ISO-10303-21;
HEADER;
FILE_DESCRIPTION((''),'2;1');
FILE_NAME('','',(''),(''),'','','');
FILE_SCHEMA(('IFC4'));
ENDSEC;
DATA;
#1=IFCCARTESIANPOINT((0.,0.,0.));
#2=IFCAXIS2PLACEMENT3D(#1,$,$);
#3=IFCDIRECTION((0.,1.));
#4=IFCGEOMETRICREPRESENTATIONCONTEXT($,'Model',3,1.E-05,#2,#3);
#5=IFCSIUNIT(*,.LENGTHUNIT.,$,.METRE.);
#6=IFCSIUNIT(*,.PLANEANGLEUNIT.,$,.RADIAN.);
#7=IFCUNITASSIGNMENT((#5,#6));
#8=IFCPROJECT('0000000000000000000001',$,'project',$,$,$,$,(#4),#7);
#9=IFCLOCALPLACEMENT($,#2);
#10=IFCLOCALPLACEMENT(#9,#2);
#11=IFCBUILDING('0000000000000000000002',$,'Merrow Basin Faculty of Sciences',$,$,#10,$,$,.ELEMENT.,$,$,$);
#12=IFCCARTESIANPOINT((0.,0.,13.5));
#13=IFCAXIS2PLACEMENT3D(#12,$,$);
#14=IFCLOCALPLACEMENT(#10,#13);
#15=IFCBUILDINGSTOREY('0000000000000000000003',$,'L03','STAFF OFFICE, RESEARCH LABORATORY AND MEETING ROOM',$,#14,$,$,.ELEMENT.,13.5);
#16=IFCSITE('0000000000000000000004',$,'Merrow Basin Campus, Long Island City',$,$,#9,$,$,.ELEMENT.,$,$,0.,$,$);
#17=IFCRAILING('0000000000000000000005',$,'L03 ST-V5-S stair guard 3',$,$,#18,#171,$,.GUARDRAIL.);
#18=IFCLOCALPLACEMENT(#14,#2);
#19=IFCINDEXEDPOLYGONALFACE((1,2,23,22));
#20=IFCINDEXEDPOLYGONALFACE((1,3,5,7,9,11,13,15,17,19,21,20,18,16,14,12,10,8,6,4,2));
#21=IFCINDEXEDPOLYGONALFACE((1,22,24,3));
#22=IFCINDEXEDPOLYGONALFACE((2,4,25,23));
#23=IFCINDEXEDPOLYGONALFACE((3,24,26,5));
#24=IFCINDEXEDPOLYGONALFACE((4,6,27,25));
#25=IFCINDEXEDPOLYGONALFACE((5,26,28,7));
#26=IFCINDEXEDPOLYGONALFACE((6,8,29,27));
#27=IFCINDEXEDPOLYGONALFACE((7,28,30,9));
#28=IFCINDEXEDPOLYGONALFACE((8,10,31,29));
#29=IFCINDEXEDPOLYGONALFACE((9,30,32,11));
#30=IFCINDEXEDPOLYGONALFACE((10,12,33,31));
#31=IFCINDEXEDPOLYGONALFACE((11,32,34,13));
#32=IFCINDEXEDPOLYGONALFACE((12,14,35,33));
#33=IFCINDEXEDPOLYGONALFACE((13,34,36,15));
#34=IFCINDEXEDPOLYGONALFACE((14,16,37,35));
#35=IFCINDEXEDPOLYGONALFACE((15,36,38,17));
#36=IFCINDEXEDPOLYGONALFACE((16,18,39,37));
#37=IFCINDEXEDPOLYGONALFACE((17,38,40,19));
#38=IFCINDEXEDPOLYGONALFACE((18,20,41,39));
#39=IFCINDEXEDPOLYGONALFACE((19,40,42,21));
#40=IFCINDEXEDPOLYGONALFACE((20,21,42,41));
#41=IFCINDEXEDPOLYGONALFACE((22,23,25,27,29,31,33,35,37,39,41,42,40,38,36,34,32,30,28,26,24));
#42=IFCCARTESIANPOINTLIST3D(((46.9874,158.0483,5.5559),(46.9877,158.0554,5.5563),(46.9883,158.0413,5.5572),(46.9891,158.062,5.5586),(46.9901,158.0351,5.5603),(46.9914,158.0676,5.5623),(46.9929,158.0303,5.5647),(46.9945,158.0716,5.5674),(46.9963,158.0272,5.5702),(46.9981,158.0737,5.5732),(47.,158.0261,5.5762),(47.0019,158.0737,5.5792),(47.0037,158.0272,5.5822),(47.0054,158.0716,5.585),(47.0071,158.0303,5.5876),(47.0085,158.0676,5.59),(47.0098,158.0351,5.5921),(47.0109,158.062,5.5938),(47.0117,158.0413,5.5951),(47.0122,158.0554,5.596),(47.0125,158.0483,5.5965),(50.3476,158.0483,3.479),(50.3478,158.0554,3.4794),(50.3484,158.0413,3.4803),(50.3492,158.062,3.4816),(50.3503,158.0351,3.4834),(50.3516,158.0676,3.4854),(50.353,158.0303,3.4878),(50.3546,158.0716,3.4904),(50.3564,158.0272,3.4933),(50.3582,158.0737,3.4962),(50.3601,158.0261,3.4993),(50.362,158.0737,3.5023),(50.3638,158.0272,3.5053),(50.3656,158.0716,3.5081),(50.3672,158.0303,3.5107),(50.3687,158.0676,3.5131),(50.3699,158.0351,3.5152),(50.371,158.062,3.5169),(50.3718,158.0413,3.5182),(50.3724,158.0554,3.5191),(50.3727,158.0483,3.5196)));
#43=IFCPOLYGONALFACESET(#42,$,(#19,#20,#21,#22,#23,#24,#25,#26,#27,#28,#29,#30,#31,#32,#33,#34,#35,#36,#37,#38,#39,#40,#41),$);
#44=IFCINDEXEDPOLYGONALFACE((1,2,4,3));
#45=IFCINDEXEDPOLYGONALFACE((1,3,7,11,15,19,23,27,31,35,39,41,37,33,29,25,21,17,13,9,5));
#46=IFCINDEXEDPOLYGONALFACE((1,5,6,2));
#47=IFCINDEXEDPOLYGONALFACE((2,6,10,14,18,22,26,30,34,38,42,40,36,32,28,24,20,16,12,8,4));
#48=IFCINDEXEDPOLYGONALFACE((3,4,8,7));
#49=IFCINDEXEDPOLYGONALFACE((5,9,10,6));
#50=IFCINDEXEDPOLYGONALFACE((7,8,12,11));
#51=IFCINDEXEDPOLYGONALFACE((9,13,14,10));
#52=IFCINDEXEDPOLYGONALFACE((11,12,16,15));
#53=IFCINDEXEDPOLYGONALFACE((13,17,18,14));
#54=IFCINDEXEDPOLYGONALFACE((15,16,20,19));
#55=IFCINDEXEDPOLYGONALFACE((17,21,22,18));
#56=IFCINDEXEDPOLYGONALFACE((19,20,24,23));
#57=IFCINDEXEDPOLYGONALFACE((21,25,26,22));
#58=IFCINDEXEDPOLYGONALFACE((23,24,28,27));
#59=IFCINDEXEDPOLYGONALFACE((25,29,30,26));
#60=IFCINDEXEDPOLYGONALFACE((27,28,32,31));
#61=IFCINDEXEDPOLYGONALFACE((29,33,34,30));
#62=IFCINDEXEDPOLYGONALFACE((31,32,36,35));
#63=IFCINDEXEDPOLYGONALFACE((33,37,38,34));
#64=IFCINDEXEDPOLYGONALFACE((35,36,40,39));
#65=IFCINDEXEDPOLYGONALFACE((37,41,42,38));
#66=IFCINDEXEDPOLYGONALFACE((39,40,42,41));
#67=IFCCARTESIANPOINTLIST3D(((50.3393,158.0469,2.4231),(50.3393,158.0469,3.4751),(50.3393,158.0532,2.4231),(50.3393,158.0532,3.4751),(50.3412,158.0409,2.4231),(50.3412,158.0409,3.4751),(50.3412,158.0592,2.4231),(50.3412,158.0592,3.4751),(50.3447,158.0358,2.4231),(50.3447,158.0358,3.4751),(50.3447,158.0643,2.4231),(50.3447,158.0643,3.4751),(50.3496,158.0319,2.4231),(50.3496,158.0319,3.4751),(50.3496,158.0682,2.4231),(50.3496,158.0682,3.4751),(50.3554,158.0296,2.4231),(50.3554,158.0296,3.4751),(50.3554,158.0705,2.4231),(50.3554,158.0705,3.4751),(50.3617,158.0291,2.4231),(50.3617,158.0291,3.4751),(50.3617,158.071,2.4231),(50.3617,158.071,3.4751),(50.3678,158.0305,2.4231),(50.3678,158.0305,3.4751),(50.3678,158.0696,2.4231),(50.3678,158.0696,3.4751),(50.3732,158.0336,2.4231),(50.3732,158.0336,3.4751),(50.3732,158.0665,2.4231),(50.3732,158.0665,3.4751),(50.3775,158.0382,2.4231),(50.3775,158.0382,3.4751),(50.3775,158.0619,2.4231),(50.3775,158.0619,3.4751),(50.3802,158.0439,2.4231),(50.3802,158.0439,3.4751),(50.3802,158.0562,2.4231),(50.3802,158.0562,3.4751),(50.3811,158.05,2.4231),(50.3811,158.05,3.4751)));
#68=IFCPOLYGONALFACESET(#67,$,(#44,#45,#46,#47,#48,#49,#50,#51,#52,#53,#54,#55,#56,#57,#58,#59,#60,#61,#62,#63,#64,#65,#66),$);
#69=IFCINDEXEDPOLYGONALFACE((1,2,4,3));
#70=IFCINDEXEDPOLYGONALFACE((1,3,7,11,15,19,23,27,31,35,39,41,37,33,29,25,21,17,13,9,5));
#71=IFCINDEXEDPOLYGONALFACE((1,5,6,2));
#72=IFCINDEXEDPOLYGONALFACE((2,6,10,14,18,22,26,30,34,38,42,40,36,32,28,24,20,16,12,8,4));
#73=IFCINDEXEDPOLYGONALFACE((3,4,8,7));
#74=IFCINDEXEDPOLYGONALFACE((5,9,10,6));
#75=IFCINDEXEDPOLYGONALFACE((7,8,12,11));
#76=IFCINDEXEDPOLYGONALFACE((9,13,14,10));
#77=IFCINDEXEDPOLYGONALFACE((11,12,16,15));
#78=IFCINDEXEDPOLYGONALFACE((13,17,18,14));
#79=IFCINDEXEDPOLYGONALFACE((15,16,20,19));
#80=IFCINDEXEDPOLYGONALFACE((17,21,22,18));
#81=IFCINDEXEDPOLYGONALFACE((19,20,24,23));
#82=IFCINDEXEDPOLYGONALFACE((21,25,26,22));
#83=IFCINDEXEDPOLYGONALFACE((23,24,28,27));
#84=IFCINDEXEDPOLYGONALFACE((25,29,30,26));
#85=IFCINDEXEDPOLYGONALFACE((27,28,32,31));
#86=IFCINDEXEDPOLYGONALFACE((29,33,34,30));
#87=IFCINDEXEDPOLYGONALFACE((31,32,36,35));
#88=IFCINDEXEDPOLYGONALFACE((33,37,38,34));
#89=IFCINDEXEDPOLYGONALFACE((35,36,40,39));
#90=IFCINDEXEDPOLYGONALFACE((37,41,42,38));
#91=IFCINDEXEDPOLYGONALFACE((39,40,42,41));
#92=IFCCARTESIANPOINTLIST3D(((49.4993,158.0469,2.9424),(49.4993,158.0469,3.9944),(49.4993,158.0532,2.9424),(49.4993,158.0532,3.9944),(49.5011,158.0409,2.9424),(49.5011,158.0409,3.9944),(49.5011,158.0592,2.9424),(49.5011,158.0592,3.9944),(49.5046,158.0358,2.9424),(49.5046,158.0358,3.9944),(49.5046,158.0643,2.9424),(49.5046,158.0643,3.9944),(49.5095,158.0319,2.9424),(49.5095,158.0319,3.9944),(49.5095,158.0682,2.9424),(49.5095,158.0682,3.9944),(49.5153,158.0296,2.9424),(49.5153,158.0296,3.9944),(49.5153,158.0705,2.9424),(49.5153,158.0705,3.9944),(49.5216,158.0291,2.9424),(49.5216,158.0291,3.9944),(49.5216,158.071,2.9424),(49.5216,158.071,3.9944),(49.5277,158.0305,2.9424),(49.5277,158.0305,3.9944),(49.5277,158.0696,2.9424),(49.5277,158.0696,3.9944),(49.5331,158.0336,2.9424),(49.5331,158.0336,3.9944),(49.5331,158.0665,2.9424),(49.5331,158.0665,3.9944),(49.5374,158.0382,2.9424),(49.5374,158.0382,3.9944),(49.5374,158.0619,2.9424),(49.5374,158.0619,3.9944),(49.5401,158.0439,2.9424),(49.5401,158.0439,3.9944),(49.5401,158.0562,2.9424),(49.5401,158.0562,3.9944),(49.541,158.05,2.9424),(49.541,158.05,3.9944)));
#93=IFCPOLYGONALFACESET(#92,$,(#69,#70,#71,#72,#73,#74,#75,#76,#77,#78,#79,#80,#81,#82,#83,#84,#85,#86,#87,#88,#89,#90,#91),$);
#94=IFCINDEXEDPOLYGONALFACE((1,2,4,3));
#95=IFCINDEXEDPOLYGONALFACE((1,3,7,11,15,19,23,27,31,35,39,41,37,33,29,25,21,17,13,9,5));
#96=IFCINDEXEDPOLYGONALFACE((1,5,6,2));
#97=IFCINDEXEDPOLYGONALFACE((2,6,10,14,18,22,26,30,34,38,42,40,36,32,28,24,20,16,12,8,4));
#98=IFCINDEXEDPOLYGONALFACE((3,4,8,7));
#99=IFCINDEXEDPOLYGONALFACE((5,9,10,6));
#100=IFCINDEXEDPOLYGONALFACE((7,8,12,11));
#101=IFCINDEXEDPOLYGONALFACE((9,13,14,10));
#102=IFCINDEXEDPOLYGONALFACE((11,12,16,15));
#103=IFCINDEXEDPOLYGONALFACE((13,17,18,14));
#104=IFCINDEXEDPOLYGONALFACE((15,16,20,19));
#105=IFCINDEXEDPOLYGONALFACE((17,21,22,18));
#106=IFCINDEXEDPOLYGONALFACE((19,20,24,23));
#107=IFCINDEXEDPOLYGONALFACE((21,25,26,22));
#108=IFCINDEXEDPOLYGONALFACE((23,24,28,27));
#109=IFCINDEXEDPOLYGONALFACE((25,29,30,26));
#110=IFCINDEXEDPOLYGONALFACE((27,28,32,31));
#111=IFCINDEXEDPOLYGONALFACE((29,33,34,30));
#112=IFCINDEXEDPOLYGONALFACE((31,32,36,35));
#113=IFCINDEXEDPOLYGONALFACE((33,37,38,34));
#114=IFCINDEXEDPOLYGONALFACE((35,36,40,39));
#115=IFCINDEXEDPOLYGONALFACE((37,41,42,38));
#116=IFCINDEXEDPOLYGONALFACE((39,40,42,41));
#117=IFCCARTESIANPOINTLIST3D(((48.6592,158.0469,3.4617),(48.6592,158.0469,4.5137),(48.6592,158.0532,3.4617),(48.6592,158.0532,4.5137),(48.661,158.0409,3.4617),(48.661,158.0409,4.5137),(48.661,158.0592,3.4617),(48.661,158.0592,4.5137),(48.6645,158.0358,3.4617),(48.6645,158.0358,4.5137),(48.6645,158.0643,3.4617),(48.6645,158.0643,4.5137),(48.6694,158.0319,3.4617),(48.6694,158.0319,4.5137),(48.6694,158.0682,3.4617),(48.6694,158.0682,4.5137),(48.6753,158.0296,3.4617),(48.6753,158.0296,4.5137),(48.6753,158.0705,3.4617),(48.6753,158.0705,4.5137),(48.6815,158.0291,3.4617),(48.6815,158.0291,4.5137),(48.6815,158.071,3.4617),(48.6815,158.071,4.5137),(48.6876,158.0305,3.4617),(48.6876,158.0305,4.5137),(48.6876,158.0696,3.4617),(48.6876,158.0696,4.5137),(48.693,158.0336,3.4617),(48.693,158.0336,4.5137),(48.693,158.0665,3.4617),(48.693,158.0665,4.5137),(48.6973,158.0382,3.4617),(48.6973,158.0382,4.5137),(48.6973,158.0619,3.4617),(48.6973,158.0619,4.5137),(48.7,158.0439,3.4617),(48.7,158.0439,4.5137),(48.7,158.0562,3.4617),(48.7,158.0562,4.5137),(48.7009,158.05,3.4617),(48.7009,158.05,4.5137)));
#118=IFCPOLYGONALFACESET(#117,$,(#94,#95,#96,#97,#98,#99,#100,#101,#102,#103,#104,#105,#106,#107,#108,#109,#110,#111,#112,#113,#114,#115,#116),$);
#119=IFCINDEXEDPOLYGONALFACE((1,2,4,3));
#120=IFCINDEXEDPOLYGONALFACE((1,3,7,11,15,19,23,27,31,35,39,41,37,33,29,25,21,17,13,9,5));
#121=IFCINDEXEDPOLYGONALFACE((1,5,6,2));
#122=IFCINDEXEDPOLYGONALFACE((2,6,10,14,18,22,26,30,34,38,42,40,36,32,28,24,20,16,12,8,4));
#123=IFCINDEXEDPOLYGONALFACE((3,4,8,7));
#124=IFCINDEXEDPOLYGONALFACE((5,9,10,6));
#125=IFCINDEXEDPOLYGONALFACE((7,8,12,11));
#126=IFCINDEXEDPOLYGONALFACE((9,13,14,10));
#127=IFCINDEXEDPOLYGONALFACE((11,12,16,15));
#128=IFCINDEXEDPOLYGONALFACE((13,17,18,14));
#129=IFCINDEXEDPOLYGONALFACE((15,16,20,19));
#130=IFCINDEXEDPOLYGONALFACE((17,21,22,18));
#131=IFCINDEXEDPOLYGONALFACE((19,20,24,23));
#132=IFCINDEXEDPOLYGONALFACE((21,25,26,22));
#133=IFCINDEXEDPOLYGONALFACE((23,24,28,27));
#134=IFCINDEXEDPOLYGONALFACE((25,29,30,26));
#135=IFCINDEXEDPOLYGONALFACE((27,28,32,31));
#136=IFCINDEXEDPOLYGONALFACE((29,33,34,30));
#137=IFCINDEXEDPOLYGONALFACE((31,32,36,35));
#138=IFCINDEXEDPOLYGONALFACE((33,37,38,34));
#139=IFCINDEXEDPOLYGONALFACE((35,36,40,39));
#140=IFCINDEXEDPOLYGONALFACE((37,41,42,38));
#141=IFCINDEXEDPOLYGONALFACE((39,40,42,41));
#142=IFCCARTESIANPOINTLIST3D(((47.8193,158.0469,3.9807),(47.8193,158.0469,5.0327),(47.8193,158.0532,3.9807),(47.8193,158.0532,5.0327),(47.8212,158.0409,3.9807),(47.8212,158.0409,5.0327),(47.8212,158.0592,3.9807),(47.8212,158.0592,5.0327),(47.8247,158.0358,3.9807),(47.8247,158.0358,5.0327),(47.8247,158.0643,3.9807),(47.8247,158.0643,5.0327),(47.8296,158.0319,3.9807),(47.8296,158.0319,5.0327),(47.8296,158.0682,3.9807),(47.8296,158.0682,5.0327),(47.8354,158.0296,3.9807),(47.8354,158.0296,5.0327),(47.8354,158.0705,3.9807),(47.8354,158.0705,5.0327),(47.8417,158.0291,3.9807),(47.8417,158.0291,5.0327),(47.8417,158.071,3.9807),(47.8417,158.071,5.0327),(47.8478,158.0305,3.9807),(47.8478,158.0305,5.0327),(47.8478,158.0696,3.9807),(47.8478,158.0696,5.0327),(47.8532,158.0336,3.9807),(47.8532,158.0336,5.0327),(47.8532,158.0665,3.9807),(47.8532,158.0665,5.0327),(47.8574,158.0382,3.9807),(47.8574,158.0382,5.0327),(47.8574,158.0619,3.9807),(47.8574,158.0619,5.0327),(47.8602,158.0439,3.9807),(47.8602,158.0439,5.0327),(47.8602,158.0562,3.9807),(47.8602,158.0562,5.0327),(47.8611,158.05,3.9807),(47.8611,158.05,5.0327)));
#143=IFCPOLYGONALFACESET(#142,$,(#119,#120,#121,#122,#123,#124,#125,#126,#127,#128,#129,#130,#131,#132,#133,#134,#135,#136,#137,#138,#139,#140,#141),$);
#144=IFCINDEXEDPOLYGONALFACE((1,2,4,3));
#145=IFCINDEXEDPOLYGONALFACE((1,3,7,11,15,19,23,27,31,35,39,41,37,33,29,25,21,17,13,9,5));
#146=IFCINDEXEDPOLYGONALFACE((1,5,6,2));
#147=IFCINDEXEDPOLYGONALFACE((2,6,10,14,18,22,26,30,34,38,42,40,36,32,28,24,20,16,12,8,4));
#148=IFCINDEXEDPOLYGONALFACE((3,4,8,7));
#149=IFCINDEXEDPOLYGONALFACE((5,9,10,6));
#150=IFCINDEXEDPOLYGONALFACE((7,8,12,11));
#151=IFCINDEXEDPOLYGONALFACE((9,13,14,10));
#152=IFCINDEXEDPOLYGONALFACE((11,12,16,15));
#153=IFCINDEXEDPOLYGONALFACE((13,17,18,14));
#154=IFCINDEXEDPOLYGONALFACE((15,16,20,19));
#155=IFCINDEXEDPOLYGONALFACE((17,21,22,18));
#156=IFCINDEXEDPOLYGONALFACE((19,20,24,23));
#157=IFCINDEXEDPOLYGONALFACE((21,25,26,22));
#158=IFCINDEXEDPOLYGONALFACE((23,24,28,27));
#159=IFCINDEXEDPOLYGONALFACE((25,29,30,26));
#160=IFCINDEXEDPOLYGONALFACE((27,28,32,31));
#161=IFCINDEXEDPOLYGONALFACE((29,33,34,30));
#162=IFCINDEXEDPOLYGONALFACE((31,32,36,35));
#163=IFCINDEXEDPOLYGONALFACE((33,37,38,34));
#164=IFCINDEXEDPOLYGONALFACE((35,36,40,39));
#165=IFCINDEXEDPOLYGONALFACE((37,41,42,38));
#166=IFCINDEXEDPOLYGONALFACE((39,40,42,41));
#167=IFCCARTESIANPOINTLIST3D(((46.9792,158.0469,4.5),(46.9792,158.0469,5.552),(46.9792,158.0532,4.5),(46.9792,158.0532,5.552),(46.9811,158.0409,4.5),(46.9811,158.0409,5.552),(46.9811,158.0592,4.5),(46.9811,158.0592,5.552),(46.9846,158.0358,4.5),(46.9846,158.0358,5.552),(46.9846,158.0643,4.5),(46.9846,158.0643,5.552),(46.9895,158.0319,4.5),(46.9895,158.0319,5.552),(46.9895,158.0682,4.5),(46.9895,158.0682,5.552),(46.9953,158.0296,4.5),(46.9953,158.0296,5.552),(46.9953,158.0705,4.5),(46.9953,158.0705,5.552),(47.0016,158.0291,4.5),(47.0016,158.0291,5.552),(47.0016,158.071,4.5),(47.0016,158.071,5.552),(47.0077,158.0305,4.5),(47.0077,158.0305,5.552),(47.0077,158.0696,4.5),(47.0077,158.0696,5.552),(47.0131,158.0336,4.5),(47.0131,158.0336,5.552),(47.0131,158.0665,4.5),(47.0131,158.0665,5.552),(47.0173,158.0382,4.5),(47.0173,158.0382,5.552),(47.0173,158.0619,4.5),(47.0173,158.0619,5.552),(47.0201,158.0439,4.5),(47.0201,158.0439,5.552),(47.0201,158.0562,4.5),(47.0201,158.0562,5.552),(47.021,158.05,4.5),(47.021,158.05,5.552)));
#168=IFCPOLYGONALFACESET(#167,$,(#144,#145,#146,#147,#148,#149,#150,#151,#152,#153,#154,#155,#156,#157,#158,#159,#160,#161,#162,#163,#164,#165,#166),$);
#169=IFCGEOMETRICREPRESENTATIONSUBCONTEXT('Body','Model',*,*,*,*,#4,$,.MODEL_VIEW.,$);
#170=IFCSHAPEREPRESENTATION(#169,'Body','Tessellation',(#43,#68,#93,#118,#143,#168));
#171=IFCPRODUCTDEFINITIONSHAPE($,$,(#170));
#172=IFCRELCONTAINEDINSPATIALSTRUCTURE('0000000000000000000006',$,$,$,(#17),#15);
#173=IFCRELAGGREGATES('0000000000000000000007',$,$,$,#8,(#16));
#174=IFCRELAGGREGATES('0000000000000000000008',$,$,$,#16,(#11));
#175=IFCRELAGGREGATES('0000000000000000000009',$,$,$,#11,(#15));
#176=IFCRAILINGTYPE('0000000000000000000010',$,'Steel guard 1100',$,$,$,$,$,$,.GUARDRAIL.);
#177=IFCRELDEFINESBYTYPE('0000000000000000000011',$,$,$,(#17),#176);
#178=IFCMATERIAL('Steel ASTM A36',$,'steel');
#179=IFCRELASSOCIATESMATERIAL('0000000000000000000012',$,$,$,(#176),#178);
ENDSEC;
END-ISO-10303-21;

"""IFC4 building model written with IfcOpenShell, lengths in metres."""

from ifc_helpers import new_model, si_unit, direction, frame, origin, origin_2d, place, context, subcontext, project, spatial, circle, extrude, material, type_object, element, save


model = new_model("IFC4")

# Units and contexts
model_context = context("Model", 3, precision=1e-05, world=origin(), true_north=direction((0.0, 1.0)))
body_context = subcontext(model_context, "Body", "Model", "MODEL_VIEW")
ifc_project = project(units=[si_unit("LENGTHUNIT", "METRE"), si_unit("PLANEANGLEUNIT", "RADIAN")], contexts=[model_context])

# Site, building, storey
site_placement = place(None, origin())
site = spatial("IfcSite", under=ifc_project, at=site_placement, Name="Merrow Basin Campus, Long Island City", CompositionType="ELEMENT", RefElevation=0.0)
building_placement = place(site_placement, origin())
building = spatial("IfcBuilding", under=site, at=building_placement, Name="Merrow Basin Faculty of Sciences", CompositionType="ELEMENT")
storey_placement = place(building_placement, frame((0.0, 0.0, 13.5)))
storey = spatial("IfcBuildingStorey", under=building, at=storey_placement, Name="L03", Description="STAFF OFFICE, RESEARCH LABORATORY AND MEETING ROOM", CompositionType="ELEMENT", Elevation=13.5)

# Railing
ifc_material_1 = material(Name="Steel ASTM A36", Category="steel")
railing_type_1 = type_object("IfcRailingType", Name="Steel guard 1100", PredefinedType="GUARDRAIL", material=ifc_material_1)
railing_1_placement = place(storey_placement, frame((50.3601, 158.05, 2.4231)))
element("IfcRailing", 1, at=railing_1_placement, inside=storey, type_object=railing_type_1, Name="L03 ST-V5-S stair guard 3", PredefinedType="GUARDRAIL", context=body_context, shape_type="SweptSolid", body=[
    extrude(circle(Radius=0.0239, at=origin_2d()), frame((0.0, 0.0, 1.0762), z_axis=(-0.850623, 0.0, 0.525776), x_axis=(0.0, -1.0, 0.0)), (0.0, 0.0, 1.0), 3.9502),
    extrude(circle(Radius=0.021, at=origin_2d()), origin(), (0.0, 0.0, 1.0), 1.052),
    extrude(circle(Radius=0.021, at=origin_2d()), frame((-0.8401, 0.0, 0.5193)), (0.0, 0.0, 1.0), 1.052),
    extrude(circle(Radius=0.021, at=origin_2d()), frame((-1.6802, 0.0, 1.0386)), (0.0, 0.0, 1.0), 1.052),
    extrude(circle(Radius=0.021, at=origin_2d()), frame((-2.52, 0.0, 1.5576)), (0.0, 0.0, 1.0), 1.052),
    extrude(circle(Radius=0.021, at=origin_2d()), frame((-3.3601, 0.0, 2.0769)), (0.0, 0.0, 1.0), 1.052),
])

save(model, "model.ifc")
